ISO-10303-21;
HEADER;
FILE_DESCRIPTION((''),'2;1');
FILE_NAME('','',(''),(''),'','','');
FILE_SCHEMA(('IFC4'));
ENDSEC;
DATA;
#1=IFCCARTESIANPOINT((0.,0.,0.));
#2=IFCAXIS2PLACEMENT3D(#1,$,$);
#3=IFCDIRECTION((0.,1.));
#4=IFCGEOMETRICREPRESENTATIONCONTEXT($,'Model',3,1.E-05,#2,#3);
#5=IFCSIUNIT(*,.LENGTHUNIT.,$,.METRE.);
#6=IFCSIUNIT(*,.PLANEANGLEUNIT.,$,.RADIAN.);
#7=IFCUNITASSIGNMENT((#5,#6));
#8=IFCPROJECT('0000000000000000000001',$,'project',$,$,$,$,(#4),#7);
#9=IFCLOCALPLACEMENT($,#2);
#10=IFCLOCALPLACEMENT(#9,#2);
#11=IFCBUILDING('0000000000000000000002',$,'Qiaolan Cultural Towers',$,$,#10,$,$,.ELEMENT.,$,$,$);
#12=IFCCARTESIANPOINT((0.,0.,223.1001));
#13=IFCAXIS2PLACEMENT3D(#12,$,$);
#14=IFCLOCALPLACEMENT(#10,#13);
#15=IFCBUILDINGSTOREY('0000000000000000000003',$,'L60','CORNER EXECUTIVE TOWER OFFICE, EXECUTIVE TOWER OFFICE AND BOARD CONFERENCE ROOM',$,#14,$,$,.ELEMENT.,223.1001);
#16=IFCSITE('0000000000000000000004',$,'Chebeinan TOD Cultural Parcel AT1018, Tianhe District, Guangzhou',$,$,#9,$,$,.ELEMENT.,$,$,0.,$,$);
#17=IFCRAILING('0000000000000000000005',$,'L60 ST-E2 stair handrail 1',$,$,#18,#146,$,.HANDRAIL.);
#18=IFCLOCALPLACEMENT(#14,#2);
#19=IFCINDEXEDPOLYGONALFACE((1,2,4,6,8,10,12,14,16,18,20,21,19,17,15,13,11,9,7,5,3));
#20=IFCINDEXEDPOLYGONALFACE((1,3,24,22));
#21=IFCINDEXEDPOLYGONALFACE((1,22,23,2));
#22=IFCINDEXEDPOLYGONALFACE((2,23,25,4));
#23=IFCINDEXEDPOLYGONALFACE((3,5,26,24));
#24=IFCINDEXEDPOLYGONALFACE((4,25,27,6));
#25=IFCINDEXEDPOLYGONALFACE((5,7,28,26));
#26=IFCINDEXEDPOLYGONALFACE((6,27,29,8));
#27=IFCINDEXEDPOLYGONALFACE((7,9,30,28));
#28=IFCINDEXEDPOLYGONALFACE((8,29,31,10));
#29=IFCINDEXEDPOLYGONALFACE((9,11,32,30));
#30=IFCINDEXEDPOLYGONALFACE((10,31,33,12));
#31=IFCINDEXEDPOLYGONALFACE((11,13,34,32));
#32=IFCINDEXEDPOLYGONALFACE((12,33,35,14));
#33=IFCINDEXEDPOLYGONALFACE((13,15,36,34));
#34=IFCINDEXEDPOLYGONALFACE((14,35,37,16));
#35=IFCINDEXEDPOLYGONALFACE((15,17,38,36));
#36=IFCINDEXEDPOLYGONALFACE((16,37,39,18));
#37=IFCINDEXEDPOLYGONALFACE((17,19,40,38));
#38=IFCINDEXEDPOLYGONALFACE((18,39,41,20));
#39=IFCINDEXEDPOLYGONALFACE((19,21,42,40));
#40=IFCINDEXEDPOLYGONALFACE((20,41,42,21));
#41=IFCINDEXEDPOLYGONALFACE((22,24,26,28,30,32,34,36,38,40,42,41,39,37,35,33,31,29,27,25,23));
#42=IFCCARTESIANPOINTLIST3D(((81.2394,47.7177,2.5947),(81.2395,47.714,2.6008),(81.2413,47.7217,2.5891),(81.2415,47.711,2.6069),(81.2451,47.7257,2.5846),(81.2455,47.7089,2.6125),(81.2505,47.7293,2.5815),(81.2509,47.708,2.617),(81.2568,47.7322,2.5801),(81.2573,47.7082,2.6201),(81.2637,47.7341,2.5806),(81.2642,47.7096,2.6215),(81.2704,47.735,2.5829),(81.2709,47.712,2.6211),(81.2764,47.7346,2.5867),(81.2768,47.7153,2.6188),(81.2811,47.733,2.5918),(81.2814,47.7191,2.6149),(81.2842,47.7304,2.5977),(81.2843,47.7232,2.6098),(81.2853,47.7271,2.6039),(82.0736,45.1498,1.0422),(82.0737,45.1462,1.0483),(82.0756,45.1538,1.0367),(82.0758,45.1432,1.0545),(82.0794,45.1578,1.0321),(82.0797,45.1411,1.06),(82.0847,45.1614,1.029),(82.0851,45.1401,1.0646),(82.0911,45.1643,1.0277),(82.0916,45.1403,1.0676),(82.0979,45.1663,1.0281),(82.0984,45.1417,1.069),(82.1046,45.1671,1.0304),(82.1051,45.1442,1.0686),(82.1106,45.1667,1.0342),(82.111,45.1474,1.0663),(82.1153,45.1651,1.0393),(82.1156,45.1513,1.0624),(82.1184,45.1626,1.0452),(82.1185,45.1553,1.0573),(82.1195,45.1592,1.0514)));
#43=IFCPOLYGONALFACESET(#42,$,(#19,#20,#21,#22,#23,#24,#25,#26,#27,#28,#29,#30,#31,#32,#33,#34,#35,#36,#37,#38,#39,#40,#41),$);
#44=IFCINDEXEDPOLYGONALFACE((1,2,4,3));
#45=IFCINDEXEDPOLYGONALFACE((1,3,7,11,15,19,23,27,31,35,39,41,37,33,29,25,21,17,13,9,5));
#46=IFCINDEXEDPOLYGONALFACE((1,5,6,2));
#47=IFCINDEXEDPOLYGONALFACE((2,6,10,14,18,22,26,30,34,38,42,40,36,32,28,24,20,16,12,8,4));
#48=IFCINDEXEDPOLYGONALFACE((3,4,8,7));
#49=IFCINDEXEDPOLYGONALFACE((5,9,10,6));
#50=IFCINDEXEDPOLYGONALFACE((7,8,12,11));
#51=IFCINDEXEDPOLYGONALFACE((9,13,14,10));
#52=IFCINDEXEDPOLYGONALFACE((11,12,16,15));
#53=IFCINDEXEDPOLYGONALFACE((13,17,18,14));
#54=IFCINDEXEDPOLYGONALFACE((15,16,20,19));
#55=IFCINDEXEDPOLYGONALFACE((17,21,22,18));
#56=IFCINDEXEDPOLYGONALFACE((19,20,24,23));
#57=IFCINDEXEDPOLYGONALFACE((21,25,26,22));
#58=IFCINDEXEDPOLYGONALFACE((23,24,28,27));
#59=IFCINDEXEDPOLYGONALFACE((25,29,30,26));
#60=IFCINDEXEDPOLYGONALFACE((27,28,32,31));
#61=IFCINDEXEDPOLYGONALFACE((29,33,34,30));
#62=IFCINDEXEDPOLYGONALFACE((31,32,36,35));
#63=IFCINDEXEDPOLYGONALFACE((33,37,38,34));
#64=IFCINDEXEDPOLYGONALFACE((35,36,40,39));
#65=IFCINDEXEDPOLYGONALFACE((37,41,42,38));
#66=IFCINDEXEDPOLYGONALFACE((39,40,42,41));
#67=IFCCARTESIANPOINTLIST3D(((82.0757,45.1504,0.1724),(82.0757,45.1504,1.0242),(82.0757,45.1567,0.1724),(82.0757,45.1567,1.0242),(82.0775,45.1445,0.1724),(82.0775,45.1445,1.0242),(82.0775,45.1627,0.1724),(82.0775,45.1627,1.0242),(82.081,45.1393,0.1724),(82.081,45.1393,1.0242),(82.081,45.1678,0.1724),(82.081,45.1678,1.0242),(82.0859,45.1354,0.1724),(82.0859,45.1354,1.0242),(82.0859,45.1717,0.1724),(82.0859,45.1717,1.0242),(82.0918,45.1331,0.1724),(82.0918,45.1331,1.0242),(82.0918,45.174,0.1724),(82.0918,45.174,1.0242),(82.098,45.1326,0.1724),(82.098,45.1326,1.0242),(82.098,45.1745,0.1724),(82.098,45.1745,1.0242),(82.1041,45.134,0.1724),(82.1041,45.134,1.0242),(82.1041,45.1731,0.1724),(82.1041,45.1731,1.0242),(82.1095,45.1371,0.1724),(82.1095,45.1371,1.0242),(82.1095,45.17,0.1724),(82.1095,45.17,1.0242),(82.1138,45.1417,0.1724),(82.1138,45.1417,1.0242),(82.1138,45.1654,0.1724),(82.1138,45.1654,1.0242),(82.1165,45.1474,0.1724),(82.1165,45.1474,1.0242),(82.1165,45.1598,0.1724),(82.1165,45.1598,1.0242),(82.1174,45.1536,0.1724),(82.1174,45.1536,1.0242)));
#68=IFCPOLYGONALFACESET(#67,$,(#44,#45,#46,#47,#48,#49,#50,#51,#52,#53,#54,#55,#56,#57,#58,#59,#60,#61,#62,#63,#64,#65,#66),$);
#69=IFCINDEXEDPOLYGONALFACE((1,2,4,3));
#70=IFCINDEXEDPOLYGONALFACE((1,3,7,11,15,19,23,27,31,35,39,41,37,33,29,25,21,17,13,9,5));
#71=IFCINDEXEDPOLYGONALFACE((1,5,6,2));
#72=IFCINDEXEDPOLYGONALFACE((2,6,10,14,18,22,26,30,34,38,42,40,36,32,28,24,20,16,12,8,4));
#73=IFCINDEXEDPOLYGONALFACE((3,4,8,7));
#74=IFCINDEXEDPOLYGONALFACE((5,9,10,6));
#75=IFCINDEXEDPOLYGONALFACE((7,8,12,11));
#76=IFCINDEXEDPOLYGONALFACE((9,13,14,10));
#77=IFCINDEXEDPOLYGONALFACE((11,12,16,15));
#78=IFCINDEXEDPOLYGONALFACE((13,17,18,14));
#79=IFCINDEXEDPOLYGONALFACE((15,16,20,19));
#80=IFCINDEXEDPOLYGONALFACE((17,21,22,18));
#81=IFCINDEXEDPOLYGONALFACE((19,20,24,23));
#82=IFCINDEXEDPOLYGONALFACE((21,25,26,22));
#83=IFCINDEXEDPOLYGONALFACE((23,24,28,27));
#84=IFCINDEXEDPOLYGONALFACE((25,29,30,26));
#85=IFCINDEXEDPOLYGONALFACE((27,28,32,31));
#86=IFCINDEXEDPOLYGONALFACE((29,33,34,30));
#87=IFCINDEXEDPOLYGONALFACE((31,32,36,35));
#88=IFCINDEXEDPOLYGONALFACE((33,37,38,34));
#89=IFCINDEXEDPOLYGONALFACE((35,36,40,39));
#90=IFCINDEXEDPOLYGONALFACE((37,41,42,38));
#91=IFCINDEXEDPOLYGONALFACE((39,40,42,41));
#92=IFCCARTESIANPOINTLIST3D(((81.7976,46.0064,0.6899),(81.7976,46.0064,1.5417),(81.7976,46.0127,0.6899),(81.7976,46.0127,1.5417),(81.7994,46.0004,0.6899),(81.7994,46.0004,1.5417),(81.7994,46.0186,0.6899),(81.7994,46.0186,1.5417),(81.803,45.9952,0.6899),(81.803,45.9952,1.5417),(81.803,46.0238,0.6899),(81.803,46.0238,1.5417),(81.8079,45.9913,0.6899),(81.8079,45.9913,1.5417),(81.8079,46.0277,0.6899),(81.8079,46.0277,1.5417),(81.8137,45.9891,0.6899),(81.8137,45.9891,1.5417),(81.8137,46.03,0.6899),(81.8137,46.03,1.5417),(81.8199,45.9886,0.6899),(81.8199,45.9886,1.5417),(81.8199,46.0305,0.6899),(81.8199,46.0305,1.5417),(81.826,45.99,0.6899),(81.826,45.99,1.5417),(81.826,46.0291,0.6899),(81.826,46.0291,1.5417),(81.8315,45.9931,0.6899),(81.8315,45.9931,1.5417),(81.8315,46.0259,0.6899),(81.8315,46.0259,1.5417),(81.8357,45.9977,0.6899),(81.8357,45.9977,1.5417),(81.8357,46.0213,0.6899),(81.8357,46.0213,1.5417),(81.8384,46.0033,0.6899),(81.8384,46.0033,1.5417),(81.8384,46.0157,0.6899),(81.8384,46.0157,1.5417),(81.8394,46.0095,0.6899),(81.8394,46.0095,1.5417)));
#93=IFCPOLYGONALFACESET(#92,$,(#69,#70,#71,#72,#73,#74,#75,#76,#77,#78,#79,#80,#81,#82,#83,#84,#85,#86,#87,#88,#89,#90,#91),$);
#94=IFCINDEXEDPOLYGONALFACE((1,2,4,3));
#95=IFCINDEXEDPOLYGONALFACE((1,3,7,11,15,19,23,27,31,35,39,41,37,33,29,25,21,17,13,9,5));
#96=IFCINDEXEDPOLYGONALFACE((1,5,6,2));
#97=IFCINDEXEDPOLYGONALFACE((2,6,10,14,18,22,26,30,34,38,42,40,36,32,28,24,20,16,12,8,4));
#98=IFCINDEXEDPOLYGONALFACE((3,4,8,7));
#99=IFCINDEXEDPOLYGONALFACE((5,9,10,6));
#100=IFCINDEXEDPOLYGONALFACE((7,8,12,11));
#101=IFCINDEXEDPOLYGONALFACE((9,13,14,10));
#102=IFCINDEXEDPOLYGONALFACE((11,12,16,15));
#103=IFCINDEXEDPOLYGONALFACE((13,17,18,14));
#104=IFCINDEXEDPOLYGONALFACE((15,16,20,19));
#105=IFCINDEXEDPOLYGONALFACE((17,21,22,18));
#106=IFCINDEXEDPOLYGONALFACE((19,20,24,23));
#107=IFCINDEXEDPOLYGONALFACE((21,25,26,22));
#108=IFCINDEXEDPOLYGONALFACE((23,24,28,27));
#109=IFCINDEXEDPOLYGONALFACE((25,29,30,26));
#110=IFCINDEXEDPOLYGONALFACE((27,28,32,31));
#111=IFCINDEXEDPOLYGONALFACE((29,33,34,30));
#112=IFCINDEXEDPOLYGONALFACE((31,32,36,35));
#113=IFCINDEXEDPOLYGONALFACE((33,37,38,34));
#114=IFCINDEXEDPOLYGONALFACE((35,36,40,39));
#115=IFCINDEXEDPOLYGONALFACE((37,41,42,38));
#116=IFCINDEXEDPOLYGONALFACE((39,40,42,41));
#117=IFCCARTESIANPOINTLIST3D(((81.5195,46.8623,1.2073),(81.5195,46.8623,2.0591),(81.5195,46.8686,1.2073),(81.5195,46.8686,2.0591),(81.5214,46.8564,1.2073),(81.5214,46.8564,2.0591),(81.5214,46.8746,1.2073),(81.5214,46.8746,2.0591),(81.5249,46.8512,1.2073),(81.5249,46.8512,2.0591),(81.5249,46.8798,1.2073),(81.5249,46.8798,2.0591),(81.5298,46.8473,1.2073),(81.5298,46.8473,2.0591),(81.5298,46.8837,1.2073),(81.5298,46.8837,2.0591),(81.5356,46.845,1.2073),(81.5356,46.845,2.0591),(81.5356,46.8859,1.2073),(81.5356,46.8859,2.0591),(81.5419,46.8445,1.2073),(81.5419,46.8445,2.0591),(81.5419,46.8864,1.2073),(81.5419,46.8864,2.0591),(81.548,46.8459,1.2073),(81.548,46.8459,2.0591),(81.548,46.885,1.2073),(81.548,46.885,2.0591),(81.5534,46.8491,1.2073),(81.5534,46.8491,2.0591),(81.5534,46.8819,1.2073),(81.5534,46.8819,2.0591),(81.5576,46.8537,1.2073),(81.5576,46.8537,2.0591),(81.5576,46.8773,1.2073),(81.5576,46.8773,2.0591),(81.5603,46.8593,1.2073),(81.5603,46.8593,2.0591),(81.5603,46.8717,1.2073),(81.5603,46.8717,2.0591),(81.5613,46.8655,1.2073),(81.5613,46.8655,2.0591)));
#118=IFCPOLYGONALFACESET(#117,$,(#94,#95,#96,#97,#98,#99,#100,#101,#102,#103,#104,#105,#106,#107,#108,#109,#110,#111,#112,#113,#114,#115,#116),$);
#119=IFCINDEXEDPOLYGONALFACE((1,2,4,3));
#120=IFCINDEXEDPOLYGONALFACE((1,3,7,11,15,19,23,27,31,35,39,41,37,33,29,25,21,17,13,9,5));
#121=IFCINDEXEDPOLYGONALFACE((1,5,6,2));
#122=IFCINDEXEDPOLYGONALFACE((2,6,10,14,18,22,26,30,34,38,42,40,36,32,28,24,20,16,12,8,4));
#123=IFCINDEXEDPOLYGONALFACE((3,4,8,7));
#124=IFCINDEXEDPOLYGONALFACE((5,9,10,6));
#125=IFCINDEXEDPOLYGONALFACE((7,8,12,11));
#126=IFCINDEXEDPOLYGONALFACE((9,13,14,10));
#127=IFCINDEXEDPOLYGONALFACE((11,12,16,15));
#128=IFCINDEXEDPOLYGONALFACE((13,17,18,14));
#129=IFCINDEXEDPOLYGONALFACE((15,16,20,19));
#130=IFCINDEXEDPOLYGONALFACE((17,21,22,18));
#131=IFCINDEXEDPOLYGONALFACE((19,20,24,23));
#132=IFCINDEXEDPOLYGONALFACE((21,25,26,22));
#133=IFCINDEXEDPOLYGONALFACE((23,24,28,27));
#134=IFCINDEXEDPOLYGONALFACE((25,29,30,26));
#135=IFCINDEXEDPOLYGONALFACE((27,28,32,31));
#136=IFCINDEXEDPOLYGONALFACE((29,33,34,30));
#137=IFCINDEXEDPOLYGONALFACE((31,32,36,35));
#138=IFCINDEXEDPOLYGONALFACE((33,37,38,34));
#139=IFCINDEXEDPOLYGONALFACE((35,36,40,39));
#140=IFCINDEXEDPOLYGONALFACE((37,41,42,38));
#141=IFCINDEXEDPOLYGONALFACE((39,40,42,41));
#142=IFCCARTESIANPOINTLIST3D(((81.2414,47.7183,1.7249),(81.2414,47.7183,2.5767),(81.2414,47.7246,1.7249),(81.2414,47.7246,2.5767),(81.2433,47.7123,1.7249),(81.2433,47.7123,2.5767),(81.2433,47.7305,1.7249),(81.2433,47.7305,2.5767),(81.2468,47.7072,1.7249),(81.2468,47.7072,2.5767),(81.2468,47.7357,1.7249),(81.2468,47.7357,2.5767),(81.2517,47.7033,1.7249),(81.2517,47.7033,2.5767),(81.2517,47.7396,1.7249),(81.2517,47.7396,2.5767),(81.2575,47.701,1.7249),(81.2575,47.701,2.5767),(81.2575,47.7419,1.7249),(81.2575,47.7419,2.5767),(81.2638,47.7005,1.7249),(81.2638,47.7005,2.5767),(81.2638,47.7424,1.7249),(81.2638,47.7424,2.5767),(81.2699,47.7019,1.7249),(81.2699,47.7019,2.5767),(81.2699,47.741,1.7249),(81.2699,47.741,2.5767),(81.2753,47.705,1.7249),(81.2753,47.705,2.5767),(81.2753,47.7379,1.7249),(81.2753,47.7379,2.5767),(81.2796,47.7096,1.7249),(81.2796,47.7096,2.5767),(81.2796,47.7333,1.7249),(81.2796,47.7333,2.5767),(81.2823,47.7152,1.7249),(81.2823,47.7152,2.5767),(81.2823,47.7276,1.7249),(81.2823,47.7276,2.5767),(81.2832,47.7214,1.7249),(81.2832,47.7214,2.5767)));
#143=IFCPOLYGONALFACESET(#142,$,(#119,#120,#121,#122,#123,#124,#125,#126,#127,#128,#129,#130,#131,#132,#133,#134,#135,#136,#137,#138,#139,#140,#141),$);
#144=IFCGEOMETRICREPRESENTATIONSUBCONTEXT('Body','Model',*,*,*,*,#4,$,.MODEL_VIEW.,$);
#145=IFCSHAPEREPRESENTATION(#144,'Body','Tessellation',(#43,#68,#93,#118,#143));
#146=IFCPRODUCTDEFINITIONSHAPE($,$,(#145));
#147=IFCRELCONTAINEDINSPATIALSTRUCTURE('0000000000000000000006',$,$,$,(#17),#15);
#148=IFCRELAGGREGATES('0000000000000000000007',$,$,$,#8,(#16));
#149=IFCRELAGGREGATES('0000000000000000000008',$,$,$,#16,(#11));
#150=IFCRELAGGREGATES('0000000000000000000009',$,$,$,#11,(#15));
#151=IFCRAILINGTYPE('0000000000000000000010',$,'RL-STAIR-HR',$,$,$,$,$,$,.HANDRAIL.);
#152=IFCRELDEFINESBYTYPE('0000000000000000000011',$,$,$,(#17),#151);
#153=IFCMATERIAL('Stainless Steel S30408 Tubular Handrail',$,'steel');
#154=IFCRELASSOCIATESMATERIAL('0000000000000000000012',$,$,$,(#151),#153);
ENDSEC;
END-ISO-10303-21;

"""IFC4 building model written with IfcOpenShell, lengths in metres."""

from ifc_helpers import new_model, si_unit, direction, frame, origin, origin_2d, place, context, subcontext, project, spatial, circle, extrude, material, type_object, element, save


model = new_model("IFC4")

# Units and contexts
model_context = context("Model", 3, precision=1e-05, world=origin(), true_north=direction((0.0, 1.0)))
body_context = subcontext(model_context, "Body", "Model", "MODEL_VIEW")
ifc_project = project(units=[si_unit("LENGTHUNIT", "METRE"), si_unit("PLANEANGLEUNIT", "RADIAN")], contexts=[model_context])

# Site, building, storey
site_placement = place(None, origin())
site = spatial("IfcSite", under=ifc_project, at=site_placement, Name="Chebeinan TOD Cultural Parcel AT1018, Tianhe District, Guangzhou", CompositionType="ELEMENT", RefElevation=0.0)
building_placement = place(site_placement, origin())
building = spatial("IfcBuilding", under=site, at=building_placement, Name="Qiaolan Cultural Towers", CompositionType="ELEMENT")
storey_placement = place(building_placement, frame((0.0, 0.0, 223.1001)))
storey = spatial("IfcBuildingStorey", under=building, at=storey_placement, Name="L60", Description="CORNER EXECUTIVE TOWER OFFICE, EXECUTIVE TOWER OFFICE AND BOARD CONFERENCE ROOM", CompositionType="ELEMENT", Elevation=223.1001)

# Railing
ifc_material_1 = material(Name="Stainless Steel S30408 Tubular Handrail", Category="steel")
railing_type_1 = type_object("IfcRailingType", Name="RL-STAIR-HR", PredefinedType="HANDRAIL", material=ifc_material_1)
railing_1_placement = place(storey_placement, frame((82.0964, 45.1536, 0.1724)))
element("IfcRailing", 1, at=railing_1_placement, inside=storey, type_object=railing_type_1, Name="L60 ST-E2 stair handrail 1", PredefinedType="HANDRAIL", context=body_context, shape_type="SweptSolid", body=[
    extrude(circle(Radius=0.0239, at=origin_2d()), frame((0.0, 0.0, 0.876), z_axis=(-0.267853, 0.824488, 0.498471), x_axis=(-0.95107, -0.308976, 0.0)), (0.0, 0.0, 1.0), 3.1145),
    extrude(circle(Radius=0.021, at=origin_2d()), origin(), (0.0, 0.0, 1.0), 0.8518),
    extrude(circle(Radius=0.021, at=origin_2d()), frame((-0.2781, 0.856, 0.5176)), (0.0, 0.0, 1.0), 0.8518),
    extrude(circle(Radius=0.021, at=origin_2d()), frame((-0.5562, 1.7119, 1.0349)), (0.0, 0.0, 1.0), 0.8518),
    extrude(circle(Radius=0.021, at=origin_2d()), frame((-0.8342, 2.5679, 1.5525)), (0.0, 0.0, 1.0), 0.8518),
])

save(model, "model.ifc")
